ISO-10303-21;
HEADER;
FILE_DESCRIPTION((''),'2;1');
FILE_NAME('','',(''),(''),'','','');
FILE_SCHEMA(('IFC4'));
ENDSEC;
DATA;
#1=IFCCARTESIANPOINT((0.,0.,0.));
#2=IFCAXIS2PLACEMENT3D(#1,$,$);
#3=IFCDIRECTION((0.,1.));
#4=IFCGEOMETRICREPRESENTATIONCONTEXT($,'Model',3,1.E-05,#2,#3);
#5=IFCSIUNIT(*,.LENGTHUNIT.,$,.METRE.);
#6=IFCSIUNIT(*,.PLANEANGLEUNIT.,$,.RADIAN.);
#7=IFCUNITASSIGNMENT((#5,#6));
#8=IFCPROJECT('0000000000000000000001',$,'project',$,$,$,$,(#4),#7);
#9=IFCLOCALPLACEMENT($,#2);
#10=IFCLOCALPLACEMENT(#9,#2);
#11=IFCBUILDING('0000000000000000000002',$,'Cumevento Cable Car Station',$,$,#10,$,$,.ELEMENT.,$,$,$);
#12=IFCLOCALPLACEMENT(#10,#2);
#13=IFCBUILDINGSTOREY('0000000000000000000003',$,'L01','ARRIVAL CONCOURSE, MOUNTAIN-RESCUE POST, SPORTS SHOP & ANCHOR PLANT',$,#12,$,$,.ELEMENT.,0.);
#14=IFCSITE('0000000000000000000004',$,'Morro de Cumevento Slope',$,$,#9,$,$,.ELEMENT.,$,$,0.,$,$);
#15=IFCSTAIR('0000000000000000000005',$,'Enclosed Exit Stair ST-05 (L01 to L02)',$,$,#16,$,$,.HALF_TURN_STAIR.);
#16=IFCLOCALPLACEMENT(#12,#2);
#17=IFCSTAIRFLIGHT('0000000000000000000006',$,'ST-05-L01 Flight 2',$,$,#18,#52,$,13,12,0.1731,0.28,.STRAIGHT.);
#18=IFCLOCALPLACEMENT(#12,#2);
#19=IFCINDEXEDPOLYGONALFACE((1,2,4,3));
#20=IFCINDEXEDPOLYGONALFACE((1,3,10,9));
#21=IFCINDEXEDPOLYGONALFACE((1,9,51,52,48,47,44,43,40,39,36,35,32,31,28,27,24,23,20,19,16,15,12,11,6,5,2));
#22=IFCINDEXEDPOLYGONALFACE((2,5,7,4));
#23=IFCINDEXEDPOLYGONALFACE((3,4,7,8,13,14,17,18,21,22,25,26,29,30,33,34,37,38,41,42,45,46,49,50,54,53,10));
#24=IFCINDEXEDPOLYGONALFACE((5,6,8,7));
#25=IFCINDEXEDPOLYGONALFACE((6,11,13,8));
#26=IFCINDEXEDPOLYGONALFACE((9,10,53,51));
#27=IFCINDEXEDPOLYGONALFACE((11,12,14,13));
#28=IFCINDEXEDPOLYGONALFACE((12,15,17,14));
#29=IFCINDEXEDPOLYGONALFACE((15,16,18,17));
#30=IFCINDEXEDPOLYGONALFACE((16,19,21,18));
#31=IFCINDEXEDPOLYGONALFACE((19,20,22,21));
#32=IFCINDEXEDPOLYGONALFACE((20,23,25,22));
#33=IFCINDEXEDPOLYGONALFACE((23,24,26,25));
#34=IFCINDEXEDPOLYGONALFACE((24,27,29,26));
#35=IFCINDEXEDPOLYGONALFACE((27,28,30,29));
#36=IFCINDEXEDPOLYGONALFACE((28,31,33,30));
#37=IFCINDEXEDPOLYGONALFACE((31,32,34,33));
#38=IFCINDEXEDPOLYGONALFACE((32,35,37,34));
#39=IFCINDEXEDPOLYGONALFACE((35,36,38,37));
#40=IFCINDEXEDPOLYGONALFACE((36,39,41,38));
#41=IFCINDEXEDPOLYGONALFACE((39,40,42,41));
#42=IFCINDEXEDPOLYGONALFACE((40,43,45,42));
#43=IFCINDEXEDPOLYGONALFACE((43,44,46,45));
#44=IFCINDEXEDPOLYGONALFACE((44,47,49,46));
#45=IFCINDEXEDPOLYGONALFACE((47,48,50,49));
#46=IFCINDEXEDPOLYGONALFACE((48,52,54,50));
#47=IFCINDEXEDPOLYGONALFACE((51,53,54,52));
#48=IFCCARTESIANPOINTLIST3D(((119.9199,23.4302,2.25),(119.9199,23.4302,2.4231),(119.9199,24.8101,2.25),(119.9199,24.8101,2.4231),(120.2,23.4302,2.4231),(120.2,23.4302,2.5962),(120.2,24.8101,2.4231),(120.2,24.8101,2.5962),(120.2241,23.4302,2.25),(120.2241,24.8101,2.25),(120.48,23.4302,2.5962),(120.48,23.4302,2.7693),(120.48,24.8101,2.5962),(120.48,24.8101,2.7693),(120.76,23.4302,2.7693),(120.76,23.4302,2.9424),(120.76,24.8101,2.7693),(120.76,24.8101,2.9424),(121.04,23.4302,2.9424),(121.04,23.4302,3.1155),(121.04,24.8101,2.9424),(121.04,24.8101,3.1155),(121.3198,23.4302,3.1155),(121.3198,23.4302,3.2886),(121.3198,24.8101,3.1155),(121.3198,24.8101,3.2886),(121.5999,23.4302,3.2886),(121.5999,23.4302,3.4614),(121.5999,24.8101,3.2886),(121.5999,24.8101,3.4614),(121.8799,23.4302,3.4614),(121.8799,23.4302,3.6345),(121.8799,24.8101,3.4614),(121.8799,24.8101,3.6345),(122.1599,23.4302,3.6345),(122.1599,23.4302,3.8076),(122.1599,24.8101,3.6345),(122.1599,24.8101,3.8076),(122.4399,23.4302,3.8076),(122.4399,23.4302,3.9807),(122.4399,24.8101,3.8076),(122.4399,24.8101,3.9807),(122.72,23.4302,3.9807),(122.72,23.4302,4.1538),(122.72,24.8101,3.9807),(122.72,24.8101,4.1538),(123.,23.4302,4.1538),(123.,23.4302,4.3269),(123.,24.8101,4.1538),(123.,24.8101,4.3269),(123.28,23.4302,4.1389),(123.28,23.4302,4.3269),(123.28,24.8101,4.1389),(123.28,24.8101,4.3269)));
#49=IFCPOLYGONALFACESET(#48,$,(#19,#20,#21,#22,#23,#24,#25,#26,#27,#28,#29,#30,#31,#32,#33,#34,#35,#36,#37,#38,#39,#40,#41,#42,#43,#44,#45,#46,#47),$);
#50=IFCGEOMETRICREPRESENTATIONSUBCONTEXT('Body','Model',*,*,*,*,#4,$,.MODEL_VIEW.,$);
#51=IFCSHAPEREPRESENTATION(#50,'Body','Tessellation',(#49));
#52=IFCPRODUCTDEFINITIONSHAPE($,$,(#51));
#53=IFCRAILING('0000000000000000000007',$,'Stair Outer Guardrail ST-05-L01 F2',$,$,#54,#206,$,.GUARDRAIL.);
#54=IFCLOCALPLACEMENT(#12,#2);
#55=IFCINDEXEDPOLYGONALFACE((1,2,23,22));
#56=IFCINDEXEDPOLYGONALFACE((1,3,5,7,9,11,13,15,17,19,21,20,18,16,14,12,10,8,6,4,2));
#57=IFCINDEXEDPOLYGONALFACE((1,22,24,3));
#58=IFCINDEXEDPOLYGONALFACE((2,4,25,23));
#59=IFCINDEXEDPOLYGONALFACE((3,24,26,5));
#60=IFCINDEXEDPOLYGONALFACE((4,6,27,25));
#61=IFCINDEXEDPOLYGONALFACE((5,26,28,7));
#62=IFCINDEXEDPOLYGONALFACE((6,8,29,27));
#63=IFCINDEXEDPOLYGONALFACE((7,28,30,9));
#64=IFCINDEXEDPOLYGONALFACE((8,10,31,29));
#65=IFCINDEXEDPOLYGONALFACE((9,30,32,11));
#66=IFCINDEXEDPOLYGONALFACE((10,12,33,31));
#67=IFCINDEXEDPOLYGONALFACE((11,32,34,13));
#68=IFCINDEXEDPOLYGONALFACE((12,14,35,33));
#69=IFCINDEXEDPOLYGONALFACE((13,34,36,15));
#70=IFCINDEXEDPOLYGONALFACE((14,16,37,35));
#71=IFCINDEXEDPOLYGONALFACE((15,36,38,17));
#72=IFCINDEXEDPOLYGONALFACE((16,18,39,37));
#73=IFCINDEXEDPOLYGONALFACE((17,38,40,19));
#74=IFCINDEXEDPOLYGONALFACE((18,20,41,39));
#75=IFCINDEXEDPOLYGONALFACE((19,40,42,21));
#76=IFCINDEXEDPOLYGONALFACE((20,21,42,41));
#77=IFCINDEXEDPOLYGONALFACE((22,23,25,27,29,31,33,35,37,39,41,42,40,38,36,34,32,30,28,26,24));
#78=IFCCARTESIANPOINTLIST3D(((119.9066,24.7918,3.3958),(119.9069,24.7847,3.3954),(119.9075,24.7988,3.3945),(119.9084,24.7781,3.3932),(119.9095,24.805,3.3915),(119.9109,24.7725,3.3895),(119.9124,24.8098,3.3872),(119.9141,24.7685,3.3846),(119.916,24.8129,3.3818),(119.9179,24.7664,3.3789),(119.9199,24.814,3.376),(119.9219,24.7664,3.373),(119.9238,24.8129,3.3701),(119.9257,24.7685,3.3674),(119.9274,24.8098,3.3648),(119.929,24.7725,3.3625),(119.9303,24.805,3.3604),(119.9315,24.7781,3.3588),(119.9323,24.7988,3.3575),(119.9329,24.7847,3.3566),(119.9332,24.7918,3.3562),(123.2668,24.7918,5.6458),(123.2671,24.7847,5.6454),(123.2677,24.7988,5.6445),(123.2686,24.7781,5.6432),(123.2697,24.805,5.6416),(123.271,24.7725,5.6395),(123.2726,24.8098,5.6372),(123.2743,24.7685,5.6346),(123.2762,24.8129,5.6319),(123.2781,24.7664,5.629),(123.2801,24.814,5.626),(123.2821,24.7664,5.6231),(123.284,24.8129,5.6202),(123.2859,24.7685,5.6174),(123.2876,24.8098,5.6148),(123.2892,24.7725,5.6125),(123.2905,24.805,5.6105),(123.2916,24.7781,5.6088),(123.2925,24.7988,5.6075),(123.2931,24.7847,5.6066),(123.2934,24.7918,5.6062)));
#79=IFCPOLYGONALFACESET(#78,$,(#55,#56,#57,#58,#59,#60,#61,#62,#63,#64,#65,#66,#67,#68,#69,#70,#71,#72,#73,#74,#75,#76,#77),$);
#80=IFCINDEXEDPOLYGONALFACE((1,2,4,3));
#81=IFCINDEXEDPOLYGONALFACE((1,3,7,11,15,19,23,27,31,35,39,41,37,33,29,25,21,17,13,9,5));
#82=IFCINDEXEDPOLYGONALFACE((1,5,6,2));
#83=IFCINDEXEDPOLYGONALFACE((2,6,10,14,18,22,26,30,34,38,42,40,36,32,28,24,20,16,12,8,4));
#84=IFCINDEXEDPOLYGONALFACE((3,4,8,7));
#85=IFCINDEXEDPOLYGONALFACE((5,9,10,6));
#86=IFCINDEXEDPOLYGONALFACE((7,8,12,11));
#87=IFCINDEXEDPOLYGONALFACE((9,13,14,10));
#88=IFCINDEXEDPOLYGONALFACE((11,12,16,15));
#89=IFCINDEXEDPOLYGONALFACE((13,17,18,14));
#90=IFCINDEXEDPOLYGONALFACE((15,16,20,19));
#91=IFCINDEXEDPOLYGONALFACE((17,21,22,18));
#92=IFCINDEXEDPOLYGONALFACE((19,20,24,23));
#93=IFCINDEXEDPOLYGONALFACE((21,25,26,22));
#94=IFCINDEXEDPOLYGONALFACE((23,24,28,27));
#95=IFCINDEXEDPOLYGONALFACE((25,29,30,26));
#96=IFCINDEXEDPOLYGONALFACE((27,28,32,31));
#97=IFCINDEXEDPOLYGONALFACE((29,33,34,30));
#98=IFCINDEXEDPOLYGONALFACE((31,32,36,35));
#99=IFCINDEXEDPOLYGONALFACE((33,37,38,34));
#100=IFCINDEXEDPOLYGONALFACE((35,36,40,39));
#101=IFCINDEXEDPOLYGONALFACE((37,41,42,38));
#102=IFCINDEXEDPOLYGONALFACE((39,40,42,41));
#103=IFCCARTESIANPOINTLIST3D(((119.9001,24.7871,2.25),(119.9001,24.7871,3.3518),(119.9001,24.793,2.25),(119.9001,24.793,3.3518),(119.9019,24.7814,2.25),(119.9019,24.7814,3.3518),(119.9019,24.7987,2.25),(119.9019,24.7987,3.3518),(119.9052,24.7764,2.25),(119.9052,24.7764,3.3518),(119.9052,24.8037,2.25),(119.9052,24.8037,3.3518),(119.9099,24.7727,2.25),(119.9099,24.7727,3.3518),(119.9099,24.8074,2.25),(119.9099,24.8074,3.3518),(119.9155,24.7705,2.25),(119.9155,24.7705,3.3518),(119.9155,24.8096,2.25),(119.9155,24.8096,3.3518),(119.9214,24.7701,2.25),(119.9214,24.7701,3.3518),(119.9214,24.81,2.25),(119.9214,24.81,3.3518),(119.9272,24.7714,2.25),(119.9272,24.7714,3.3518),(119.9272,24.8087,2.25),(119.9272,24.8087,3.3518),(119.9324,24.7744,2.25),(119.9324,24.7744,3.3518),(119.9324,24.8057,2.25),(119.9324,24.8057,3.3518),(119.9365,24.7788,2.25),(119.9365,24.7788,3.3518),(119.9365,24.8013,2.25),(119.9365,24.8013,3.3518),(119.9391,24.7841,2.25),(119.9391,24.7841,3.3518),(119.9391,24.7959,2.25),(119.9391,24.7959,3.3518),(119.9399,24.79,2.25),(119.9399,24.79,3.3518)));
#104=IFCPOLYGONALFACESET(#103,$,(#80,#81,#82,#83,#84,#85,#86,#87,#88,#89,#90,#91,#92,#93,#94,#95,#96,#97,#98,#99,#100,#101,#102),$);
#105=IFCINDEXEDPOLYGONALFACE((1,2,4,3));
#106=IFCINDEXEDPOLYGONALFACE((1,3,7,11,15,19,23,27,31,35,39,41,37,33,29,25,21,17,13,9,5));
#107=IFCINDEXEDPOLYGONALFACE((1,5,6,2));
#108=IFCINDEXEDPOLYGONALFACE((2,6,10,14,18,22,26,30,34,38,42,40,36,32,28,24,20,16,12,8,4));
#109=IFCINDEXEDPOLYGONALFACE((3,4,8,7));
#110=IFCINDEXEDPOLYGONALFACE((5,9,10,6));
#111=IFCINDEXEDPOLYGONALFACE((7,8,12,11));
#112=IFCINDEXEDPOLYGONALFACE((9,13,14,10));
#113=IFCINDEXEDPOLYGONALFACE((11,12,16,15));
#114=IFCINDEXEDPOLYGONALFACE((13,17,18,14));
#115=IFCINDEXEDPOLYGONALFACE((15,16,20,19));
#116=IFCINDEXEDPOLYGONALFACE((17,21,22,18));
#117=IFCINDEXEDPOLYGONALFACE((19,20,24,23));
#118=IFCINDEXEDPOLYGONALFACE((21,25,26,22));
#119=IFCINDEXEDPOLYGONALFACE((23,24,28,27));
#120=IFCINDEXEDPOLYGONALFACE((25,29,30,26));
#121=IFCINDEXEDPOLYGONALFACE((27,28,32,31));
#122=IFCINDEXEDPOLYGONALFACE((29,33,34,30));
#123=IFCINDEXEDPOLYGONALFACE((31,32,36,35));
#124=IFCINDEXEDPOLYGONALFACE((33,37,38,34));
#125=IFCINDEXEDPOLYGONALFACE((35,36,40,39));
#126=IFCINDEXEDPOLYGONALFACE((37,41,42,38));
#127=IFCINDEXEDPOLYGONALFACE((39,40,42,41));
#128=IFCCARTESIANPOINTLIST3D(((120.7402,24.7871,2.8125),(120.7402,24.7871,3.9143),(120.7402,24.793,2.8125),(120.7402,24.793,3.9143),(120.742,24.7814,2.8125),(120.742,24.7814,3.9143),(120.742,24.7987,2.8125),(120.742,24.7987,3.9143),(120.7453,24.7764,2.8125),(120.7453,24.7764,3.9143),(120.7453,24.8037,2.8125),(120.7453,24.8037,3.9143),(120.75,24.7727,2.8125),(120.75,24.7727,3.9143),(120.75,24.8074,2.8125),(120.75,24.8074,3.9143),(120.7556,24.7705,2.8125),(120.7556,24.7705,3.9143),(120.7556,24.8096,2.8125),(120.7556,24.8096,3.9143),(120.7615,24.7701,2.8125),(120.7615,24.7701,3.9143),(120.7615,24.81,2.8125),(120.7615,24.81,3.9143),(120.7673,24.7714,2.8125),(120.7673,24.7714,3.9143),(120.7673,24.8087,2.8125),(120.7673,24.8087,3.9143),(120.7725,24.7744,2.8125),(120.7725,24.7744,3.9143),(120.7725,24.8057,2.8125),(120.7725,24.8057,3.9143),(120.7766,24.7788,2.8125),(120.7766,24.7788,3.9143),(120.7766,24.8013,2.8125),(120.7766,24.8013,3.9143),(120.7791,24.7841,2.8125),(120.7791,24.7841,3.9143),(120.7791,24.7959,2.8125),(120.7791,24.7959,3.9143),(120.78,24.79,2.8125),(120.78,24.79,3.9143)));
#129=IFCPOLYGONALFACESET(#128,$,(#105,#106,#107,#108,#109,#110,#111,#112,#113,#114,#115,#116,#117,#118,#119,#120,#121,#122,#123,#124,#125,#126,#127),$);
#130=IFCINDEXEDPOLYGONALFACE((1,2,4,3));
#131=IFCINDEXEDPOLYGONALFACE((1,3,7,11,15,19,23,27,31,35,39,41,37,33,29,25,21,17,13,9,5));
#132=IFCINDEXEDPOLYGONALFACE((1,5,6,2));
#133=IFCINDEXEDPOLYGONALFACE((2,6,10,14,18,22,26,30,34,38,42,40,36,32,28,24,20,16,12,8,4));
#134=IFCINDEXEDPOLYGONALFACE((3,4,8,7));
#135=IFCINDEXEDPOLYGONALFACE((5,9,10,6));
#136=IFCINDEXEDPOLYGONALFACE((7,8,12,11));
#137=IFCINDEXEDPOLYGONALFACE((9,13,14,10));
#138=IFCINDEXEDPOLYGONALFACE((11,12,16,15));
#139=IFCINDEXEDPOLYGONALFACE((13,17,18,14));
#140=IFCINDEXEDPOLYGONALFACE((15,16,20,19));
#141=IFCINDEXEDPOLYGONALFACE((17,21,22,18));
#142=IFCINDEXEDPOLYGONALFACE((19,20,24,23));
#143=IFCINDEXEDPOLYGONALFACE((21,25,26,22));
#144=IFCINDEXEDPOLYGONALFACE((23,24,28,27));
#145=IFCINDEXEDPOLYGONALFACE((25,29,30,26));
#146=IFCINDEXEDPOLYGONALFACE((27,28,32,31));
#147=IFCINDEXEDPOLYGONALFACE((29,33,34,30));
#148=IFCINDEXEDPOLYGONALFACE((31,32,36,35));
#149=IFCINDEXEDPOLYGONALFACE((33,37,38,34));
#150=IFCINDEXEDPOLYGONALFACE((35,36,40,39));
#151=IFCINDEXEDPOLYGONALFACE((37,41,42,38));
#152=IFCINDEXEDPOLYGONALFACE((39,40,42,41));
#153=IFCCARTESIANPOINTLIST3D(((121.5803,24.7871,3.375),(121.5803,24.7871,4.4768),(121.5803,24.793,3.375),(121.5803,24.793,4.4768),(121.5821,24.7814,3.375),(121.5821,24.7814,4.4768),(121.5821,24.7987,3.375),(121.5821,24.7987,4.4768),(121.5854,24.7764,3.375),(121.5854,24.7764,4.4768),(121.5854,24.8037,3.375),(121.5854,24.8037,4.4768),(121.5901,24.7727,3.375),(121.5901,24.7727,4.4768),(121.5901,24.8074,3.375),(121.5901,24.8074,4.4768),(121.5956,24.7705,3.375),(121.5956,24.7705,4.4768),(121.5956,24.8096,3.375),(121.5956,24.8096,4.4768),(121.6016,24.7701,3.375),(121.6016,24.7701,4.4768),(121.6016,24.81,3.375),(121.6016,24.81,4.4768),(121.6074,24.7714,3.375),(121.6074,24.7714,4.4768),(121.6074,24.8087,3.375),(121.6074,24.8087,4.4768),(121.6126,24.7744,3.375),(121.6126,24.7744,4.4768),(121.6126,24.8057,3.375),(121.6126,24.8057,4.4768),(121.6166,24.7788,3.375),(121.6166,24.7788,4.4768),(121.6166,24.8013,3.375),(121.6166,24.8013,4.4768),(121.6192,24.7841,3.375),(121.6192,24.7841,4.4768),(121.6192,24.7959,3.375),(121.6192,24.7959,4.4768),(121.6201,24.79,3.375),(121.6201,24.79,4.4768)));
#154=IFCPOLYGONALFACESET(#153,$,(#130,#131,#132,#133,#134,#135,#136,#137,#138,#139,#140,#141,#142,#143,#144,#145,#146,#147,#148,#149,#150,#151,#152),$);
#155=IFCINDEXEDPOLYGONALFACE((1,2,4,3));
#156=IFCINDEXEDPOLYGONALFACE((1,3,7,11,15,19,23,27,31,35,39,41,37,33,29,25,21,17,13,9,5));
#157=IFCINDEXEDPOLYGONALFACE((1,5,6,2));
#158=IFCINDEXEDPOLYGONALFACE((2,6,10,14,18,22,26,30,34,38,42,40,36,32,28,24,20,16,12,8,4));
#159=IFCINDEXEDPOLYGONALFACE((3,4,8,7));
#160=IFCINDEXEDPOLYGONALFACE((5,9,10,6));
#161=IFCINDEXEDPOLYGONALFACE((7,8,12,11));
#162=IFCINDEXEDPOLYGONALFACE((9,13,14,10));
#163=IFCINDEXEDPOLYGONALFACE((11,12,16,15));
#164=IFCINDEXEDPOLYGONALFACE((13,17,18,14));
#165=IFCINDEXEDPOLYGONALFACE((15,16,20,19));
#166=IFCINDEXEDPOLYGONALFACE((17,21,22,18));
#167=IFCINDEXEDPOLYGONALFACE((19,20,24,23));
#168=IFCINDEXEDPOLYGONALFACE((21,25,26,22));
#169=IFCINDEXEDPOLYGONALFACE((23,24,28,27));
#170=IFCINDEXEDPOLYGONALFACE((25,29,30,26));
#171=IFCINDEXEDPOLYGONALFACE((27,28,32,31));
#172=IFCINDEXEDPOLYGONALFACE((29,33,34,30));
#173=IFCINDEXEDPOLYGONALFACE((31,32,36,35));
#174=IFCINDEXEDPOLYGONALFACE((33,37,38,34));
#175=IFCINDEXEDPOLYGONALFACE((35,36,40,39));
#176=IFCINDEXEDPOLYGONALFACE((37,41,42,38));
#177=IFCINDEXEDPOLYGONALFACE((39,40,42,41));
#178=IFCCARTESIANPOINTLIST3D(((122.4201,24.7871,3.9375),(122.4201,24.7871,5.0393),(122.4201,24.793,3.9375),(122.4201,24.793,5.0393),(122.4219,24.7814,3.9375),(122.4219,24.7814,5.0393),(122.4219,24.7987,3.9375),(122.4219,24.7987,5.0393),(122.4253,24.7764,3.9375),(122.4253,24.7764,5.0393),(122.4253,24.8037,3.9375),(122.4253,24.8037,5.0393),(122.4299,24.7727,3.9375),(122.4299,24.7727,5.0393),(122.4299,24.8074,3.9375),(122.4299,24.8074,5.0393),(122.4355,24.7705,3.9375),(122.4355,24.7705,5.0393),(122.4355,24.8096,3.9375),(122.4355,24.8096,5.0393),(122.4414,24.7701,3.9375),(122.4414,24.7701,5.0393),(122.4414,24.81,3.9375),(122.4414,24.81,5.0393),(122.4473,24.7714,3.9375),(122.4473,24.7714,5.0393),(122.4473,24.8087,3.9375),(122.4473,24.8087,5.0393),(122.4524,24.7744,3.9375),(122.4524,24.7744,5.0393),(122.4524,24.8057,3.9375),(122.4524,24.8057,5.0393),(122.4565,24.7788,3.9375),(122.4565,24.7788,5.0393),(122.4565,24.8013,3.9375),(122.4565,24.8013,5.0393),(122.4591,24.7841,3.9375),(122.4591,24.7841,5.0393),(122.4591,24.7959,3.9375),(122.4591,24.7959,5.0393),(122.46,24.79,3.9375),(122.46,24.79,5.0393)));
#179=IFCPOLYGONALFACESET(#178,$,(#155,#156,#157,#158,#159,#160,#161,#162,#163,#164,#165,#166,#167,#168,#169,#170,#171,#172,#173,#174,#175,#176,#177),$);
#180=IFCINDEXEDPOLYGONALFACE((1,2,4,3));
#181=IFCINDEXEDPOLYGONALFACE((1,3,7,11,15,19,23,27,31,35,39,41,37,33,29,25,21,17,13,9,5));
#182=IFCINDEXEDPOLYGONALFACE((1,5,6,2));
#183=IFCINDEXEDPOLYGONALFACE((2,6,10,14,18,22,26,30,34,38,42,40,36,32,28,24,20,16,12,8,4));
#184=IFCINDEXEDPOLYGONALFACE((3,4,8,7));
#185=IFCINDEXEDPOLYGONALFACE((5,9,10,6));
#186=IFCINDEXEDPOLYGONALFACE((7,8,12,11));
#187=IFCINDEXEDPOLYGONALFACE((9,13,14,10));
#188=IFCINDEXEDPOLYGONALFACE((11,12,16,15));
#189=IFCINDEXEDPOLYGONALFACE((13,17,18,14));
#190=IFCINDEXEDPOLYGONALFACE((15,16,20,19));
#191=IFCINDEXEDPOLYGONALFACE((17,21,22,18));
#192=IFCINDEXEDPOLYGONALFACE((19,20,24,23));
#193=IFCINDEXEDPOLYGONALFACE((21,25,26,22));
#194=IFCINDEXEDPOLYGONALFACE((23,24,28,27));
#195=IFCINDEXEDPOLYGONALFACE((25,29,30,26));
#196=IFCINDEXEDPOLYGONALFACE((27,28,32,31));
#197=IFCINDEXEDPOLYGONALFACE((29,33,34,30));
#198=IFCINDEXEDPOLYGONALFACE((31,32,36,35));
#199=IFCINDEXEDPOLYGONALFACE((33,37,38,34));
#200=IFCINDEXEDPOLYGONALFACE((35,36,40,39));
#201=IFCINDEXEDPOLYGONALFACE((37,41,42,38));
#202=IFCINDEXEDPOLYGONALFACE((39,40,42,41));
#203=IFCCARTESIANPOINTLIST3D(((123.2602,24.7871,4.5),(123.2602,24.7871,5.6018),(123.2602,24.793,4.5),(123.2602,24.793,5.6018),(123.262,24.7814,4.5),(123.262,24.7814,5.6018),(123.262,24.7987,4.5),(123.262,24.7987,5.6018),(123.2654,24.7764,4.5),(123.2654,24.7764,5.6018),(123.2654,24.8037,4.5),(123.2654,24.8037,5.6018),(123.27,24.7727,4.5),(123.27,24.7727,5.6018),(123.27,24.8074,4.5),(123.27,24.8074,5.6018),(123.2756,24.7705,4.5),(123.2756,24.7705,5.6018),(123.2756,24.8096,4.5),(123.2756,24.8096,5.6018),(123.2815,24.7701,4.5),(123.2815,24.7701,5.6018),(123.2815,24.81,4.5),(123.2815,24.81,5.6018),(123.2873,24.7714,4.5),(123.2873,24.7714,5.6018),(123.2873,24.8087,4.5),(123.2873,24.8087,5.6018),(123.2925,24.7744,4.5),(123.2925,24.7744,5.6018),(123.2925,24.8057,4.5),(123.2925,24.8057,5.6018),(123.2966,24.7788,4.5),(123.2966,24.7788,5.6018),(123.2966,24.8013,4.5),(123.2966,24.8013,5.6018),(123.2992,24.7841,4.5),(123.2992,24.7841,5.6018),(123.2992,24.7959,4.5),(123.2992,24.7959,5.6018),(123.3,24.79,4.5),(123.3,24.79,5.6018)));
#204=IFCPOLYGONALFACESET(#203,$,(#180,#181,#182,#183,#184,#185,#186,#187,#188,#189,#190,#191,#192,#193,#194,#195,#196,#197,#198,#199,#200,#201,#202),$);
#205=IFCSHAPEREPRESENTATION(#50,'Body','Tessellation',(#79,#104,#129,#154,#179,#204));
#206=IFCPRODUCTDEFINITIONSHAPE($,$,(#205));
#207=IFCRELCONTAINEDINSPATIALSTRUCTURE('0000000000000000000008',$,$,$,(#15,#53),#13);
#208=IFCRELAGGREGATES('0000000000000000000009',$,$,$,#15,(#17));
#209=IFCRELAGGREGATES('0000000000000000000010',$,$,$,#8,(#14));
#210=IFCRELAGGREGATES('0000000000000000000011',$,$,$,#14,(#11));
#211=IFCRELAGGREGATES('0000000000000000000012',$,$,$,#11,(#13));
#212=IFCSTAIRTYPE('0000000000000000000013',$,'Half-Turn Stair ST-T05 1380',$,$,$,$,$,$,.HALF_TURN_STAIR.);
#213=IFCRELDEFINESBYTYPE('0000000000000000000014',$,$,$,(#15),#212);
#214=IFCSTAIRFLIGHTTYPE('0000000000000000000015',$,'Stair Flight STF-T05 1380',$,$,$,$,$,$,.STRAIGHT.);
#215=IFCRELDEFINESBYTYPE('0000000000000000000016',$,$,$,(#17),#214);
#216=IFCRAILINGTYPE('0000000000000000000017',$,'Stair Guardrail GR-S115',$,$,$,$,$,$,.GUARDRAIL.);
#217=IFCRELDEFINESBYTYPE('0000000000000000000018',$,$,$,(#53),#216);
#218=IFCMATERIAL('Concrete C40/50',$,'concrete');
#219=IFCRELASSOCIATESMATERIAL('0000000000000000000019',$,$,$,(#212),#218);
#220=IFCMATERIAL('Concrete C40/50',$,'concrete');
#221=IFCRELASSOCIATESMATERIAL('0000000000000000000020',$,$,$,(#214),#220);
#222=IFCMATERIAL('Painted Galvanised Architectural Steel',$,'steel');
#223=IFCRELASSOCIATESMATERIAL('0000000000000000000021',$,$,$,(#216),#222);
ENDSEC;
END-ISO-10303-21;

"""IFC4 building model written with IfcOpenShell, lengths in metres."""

from ifc_helpers import new_model, si_unit, direction, frame, origin, origin_2d, place, context, subcontext, project, spatial, polyline, circle, outline, extrude, material, type_object, element, aggregate, save


model = new_model("IFC4")

# Units and contexts
model_context = context("Model", 3, precision=1e-05, world=origin(), true_north=direction((0.0, 1.0)))
body_context = subcontext(model_context, "Body", "Model", "MODEL_VIEW")
ifc_project = project(units=[si_unit("LENGTHUNIT", "METRE"), si_unit("PLANEANGLEUNIT", "RADIAN")], contexts=[model_context])

# Site, building, storey
site_placement = place(None, origin())
site = spatial("IfcSite", under=ifc_project, at=site_placement, Name="Morro de Cumevento Slope", CompositionType="ELEMENT", RefElevation=0.0)
building_placement = place(site_placement, origin())
building = spatial("IfcBuilding", under=site, at=building_placement, Name="Cumevento Cable Car Station", CompositionType="ELEMENT")
storey_placement = place(building_placement, origin())
storey = spatial("IfcBuildingStorey", under=building, at=storey_placement, Name="L01", Description="ARRIVAL CONCOURSE, MOUNTAIN-RESCUE POST, SPORTS SHOP & ANCHOR PLANT", CompositionType="ELEMENT", Elevation=0.0)

# Stair, stair flight
ifc_material_1 = material(Name="Concrete C40/50", Category="concrete")
stair_type = type_object("IfcStairType", Name="Half-Turn Stair ST-T05 1380", PredefinedType="HALF_TURN_STAIR", material=ifc_material_1)
stair_placement = place(storey_placement, origin())
stair = element("IfcStair", 1, at=stair_placement, inside=storey, type_object=stair_type, Name="Enclosed Exit Stair ST-05 (L01 to L02)", PredefinedType="HALF_TURN_STAIR")
ifc_material_2 = material(Name="Concrete C40/50", Category="concrete")
stair_flight_type = type_object("IfcStairFlightType", Name="Stair Flight STF-T05 1380", PredefinedType="STRAIGHT", material=ifc_material_2)
stair_flight_placement = place(storey_placement, frame((119.9199, 24.1201, 2.25), z_axis=(0.0, 0.0, 1.0), x_axis=(1.0, 0.0, 0.0)))
stair_flight = element("IfcStairFlight", 2, at=stair_flight_placement, type_object=stair_flight_type, Name="ST-05-L01 Flight 2", NumberOfRisers=13, NumberOfTreads=12, PredefinedType="STRAIGHT", RiserHeight=0.1731, TreadLength=0.28, context=body_context, shape_type="SweptSolid", body=[
    extrude(outline(polyline([(0.0, 0.0), (0.0, 0.1731), (0.28, 0.1731), (0.28, 0.3462), (0.5601, 0.3462), (0.5601, 0.5193), (0.8401, 0.5193), (0.8401, 0.6924), (1.1201, 0.6924), (1.1201, 0.8655), (1.3999, 0.8655), (1.3999, 1.0386), (1.6799, 1.0386), (1.6799, 1.2114), (1.96, 1.2114), (1.96, 1.3845), (2.24, 1.3845), (2.24, 1.5576), (2.52, 1.5576), (2.52, 1.7307), (2.8, 1.7307), (2.8, 1.9038), (3.0801, 1.9038), (3.0801, 2.0769), (3.3601, 2.0769), (3.3601, 2.25), (3.3601, 1.8889), (0.3042, 0.0), (0.0, 0.0)])), frame((0.0, 0.6899, 0.0), z_axis=(0.0, -1.0, 0.0), x_axis=(1.0, 0.0, 0.0)), (0.0, 0.0, 1.0), 1.3799),
])
aggregate(stair, [stair_flight])

# Railing
ifc_material_3 = material(Name="Painted Galvanised Architectural Steel", Category="steel")
railing_type_1 = type_object("IfcRailingType", Name="Stair Guardrail GR-S115", PredefinedType="GUARDRAIL", material=ifc_material_3)
railing_1_placement = place(storey_placement, frame((119.9199, 24.79, 2.25)))
element("IfcRailing", 3, at=railing_1_placement, inside=storey, type_object=railing_type_1, Name="Stair Outer Guardrail ST-05-L01 F2", PredefinedType="GUARDRAIL", context=body_context, shape_type="SweptSolid", body=[
    extrude(circle(Radius=0.0239, at=origin_2d()), frame((0.0, 0.0, 1.126), z_axis=(0.830915, 0.0, 0.556399), x_axis=(0.0, 1.0, 0.0)), (0.0, 0.0, 1.0), 4.0439),
    extrude(circle(Radius=0.02, at=origin_2d()), origin(), (0.0, 0.0, 1.0), 1.1018),
    extrude(circle(Radius=0.02, at=origin_2d()), frame((0.8401, 0.0, 0.5625)), (0.0, 0.0, 1.0), 1.1018),
    extrude(circle(Radius=0.02, at=origin_2d()), frame((1.6802, 0.0, 1.125)), (0.0, 0.0, 1.0), 1.1018),
    extrude(circle(Radius=0.02, at=origin_2d()), frame((2.52, 0.0, 1.6875)), (0.0, 0.0, 1.0), 1.1018),
    extrude(circle(Radius=0.02, at=origin_2d()), frame((3.3601, 0.0, 2.25)), (0.0, 0.0, 1.0), 1.1018),
])

save(model, "model.ifc")
